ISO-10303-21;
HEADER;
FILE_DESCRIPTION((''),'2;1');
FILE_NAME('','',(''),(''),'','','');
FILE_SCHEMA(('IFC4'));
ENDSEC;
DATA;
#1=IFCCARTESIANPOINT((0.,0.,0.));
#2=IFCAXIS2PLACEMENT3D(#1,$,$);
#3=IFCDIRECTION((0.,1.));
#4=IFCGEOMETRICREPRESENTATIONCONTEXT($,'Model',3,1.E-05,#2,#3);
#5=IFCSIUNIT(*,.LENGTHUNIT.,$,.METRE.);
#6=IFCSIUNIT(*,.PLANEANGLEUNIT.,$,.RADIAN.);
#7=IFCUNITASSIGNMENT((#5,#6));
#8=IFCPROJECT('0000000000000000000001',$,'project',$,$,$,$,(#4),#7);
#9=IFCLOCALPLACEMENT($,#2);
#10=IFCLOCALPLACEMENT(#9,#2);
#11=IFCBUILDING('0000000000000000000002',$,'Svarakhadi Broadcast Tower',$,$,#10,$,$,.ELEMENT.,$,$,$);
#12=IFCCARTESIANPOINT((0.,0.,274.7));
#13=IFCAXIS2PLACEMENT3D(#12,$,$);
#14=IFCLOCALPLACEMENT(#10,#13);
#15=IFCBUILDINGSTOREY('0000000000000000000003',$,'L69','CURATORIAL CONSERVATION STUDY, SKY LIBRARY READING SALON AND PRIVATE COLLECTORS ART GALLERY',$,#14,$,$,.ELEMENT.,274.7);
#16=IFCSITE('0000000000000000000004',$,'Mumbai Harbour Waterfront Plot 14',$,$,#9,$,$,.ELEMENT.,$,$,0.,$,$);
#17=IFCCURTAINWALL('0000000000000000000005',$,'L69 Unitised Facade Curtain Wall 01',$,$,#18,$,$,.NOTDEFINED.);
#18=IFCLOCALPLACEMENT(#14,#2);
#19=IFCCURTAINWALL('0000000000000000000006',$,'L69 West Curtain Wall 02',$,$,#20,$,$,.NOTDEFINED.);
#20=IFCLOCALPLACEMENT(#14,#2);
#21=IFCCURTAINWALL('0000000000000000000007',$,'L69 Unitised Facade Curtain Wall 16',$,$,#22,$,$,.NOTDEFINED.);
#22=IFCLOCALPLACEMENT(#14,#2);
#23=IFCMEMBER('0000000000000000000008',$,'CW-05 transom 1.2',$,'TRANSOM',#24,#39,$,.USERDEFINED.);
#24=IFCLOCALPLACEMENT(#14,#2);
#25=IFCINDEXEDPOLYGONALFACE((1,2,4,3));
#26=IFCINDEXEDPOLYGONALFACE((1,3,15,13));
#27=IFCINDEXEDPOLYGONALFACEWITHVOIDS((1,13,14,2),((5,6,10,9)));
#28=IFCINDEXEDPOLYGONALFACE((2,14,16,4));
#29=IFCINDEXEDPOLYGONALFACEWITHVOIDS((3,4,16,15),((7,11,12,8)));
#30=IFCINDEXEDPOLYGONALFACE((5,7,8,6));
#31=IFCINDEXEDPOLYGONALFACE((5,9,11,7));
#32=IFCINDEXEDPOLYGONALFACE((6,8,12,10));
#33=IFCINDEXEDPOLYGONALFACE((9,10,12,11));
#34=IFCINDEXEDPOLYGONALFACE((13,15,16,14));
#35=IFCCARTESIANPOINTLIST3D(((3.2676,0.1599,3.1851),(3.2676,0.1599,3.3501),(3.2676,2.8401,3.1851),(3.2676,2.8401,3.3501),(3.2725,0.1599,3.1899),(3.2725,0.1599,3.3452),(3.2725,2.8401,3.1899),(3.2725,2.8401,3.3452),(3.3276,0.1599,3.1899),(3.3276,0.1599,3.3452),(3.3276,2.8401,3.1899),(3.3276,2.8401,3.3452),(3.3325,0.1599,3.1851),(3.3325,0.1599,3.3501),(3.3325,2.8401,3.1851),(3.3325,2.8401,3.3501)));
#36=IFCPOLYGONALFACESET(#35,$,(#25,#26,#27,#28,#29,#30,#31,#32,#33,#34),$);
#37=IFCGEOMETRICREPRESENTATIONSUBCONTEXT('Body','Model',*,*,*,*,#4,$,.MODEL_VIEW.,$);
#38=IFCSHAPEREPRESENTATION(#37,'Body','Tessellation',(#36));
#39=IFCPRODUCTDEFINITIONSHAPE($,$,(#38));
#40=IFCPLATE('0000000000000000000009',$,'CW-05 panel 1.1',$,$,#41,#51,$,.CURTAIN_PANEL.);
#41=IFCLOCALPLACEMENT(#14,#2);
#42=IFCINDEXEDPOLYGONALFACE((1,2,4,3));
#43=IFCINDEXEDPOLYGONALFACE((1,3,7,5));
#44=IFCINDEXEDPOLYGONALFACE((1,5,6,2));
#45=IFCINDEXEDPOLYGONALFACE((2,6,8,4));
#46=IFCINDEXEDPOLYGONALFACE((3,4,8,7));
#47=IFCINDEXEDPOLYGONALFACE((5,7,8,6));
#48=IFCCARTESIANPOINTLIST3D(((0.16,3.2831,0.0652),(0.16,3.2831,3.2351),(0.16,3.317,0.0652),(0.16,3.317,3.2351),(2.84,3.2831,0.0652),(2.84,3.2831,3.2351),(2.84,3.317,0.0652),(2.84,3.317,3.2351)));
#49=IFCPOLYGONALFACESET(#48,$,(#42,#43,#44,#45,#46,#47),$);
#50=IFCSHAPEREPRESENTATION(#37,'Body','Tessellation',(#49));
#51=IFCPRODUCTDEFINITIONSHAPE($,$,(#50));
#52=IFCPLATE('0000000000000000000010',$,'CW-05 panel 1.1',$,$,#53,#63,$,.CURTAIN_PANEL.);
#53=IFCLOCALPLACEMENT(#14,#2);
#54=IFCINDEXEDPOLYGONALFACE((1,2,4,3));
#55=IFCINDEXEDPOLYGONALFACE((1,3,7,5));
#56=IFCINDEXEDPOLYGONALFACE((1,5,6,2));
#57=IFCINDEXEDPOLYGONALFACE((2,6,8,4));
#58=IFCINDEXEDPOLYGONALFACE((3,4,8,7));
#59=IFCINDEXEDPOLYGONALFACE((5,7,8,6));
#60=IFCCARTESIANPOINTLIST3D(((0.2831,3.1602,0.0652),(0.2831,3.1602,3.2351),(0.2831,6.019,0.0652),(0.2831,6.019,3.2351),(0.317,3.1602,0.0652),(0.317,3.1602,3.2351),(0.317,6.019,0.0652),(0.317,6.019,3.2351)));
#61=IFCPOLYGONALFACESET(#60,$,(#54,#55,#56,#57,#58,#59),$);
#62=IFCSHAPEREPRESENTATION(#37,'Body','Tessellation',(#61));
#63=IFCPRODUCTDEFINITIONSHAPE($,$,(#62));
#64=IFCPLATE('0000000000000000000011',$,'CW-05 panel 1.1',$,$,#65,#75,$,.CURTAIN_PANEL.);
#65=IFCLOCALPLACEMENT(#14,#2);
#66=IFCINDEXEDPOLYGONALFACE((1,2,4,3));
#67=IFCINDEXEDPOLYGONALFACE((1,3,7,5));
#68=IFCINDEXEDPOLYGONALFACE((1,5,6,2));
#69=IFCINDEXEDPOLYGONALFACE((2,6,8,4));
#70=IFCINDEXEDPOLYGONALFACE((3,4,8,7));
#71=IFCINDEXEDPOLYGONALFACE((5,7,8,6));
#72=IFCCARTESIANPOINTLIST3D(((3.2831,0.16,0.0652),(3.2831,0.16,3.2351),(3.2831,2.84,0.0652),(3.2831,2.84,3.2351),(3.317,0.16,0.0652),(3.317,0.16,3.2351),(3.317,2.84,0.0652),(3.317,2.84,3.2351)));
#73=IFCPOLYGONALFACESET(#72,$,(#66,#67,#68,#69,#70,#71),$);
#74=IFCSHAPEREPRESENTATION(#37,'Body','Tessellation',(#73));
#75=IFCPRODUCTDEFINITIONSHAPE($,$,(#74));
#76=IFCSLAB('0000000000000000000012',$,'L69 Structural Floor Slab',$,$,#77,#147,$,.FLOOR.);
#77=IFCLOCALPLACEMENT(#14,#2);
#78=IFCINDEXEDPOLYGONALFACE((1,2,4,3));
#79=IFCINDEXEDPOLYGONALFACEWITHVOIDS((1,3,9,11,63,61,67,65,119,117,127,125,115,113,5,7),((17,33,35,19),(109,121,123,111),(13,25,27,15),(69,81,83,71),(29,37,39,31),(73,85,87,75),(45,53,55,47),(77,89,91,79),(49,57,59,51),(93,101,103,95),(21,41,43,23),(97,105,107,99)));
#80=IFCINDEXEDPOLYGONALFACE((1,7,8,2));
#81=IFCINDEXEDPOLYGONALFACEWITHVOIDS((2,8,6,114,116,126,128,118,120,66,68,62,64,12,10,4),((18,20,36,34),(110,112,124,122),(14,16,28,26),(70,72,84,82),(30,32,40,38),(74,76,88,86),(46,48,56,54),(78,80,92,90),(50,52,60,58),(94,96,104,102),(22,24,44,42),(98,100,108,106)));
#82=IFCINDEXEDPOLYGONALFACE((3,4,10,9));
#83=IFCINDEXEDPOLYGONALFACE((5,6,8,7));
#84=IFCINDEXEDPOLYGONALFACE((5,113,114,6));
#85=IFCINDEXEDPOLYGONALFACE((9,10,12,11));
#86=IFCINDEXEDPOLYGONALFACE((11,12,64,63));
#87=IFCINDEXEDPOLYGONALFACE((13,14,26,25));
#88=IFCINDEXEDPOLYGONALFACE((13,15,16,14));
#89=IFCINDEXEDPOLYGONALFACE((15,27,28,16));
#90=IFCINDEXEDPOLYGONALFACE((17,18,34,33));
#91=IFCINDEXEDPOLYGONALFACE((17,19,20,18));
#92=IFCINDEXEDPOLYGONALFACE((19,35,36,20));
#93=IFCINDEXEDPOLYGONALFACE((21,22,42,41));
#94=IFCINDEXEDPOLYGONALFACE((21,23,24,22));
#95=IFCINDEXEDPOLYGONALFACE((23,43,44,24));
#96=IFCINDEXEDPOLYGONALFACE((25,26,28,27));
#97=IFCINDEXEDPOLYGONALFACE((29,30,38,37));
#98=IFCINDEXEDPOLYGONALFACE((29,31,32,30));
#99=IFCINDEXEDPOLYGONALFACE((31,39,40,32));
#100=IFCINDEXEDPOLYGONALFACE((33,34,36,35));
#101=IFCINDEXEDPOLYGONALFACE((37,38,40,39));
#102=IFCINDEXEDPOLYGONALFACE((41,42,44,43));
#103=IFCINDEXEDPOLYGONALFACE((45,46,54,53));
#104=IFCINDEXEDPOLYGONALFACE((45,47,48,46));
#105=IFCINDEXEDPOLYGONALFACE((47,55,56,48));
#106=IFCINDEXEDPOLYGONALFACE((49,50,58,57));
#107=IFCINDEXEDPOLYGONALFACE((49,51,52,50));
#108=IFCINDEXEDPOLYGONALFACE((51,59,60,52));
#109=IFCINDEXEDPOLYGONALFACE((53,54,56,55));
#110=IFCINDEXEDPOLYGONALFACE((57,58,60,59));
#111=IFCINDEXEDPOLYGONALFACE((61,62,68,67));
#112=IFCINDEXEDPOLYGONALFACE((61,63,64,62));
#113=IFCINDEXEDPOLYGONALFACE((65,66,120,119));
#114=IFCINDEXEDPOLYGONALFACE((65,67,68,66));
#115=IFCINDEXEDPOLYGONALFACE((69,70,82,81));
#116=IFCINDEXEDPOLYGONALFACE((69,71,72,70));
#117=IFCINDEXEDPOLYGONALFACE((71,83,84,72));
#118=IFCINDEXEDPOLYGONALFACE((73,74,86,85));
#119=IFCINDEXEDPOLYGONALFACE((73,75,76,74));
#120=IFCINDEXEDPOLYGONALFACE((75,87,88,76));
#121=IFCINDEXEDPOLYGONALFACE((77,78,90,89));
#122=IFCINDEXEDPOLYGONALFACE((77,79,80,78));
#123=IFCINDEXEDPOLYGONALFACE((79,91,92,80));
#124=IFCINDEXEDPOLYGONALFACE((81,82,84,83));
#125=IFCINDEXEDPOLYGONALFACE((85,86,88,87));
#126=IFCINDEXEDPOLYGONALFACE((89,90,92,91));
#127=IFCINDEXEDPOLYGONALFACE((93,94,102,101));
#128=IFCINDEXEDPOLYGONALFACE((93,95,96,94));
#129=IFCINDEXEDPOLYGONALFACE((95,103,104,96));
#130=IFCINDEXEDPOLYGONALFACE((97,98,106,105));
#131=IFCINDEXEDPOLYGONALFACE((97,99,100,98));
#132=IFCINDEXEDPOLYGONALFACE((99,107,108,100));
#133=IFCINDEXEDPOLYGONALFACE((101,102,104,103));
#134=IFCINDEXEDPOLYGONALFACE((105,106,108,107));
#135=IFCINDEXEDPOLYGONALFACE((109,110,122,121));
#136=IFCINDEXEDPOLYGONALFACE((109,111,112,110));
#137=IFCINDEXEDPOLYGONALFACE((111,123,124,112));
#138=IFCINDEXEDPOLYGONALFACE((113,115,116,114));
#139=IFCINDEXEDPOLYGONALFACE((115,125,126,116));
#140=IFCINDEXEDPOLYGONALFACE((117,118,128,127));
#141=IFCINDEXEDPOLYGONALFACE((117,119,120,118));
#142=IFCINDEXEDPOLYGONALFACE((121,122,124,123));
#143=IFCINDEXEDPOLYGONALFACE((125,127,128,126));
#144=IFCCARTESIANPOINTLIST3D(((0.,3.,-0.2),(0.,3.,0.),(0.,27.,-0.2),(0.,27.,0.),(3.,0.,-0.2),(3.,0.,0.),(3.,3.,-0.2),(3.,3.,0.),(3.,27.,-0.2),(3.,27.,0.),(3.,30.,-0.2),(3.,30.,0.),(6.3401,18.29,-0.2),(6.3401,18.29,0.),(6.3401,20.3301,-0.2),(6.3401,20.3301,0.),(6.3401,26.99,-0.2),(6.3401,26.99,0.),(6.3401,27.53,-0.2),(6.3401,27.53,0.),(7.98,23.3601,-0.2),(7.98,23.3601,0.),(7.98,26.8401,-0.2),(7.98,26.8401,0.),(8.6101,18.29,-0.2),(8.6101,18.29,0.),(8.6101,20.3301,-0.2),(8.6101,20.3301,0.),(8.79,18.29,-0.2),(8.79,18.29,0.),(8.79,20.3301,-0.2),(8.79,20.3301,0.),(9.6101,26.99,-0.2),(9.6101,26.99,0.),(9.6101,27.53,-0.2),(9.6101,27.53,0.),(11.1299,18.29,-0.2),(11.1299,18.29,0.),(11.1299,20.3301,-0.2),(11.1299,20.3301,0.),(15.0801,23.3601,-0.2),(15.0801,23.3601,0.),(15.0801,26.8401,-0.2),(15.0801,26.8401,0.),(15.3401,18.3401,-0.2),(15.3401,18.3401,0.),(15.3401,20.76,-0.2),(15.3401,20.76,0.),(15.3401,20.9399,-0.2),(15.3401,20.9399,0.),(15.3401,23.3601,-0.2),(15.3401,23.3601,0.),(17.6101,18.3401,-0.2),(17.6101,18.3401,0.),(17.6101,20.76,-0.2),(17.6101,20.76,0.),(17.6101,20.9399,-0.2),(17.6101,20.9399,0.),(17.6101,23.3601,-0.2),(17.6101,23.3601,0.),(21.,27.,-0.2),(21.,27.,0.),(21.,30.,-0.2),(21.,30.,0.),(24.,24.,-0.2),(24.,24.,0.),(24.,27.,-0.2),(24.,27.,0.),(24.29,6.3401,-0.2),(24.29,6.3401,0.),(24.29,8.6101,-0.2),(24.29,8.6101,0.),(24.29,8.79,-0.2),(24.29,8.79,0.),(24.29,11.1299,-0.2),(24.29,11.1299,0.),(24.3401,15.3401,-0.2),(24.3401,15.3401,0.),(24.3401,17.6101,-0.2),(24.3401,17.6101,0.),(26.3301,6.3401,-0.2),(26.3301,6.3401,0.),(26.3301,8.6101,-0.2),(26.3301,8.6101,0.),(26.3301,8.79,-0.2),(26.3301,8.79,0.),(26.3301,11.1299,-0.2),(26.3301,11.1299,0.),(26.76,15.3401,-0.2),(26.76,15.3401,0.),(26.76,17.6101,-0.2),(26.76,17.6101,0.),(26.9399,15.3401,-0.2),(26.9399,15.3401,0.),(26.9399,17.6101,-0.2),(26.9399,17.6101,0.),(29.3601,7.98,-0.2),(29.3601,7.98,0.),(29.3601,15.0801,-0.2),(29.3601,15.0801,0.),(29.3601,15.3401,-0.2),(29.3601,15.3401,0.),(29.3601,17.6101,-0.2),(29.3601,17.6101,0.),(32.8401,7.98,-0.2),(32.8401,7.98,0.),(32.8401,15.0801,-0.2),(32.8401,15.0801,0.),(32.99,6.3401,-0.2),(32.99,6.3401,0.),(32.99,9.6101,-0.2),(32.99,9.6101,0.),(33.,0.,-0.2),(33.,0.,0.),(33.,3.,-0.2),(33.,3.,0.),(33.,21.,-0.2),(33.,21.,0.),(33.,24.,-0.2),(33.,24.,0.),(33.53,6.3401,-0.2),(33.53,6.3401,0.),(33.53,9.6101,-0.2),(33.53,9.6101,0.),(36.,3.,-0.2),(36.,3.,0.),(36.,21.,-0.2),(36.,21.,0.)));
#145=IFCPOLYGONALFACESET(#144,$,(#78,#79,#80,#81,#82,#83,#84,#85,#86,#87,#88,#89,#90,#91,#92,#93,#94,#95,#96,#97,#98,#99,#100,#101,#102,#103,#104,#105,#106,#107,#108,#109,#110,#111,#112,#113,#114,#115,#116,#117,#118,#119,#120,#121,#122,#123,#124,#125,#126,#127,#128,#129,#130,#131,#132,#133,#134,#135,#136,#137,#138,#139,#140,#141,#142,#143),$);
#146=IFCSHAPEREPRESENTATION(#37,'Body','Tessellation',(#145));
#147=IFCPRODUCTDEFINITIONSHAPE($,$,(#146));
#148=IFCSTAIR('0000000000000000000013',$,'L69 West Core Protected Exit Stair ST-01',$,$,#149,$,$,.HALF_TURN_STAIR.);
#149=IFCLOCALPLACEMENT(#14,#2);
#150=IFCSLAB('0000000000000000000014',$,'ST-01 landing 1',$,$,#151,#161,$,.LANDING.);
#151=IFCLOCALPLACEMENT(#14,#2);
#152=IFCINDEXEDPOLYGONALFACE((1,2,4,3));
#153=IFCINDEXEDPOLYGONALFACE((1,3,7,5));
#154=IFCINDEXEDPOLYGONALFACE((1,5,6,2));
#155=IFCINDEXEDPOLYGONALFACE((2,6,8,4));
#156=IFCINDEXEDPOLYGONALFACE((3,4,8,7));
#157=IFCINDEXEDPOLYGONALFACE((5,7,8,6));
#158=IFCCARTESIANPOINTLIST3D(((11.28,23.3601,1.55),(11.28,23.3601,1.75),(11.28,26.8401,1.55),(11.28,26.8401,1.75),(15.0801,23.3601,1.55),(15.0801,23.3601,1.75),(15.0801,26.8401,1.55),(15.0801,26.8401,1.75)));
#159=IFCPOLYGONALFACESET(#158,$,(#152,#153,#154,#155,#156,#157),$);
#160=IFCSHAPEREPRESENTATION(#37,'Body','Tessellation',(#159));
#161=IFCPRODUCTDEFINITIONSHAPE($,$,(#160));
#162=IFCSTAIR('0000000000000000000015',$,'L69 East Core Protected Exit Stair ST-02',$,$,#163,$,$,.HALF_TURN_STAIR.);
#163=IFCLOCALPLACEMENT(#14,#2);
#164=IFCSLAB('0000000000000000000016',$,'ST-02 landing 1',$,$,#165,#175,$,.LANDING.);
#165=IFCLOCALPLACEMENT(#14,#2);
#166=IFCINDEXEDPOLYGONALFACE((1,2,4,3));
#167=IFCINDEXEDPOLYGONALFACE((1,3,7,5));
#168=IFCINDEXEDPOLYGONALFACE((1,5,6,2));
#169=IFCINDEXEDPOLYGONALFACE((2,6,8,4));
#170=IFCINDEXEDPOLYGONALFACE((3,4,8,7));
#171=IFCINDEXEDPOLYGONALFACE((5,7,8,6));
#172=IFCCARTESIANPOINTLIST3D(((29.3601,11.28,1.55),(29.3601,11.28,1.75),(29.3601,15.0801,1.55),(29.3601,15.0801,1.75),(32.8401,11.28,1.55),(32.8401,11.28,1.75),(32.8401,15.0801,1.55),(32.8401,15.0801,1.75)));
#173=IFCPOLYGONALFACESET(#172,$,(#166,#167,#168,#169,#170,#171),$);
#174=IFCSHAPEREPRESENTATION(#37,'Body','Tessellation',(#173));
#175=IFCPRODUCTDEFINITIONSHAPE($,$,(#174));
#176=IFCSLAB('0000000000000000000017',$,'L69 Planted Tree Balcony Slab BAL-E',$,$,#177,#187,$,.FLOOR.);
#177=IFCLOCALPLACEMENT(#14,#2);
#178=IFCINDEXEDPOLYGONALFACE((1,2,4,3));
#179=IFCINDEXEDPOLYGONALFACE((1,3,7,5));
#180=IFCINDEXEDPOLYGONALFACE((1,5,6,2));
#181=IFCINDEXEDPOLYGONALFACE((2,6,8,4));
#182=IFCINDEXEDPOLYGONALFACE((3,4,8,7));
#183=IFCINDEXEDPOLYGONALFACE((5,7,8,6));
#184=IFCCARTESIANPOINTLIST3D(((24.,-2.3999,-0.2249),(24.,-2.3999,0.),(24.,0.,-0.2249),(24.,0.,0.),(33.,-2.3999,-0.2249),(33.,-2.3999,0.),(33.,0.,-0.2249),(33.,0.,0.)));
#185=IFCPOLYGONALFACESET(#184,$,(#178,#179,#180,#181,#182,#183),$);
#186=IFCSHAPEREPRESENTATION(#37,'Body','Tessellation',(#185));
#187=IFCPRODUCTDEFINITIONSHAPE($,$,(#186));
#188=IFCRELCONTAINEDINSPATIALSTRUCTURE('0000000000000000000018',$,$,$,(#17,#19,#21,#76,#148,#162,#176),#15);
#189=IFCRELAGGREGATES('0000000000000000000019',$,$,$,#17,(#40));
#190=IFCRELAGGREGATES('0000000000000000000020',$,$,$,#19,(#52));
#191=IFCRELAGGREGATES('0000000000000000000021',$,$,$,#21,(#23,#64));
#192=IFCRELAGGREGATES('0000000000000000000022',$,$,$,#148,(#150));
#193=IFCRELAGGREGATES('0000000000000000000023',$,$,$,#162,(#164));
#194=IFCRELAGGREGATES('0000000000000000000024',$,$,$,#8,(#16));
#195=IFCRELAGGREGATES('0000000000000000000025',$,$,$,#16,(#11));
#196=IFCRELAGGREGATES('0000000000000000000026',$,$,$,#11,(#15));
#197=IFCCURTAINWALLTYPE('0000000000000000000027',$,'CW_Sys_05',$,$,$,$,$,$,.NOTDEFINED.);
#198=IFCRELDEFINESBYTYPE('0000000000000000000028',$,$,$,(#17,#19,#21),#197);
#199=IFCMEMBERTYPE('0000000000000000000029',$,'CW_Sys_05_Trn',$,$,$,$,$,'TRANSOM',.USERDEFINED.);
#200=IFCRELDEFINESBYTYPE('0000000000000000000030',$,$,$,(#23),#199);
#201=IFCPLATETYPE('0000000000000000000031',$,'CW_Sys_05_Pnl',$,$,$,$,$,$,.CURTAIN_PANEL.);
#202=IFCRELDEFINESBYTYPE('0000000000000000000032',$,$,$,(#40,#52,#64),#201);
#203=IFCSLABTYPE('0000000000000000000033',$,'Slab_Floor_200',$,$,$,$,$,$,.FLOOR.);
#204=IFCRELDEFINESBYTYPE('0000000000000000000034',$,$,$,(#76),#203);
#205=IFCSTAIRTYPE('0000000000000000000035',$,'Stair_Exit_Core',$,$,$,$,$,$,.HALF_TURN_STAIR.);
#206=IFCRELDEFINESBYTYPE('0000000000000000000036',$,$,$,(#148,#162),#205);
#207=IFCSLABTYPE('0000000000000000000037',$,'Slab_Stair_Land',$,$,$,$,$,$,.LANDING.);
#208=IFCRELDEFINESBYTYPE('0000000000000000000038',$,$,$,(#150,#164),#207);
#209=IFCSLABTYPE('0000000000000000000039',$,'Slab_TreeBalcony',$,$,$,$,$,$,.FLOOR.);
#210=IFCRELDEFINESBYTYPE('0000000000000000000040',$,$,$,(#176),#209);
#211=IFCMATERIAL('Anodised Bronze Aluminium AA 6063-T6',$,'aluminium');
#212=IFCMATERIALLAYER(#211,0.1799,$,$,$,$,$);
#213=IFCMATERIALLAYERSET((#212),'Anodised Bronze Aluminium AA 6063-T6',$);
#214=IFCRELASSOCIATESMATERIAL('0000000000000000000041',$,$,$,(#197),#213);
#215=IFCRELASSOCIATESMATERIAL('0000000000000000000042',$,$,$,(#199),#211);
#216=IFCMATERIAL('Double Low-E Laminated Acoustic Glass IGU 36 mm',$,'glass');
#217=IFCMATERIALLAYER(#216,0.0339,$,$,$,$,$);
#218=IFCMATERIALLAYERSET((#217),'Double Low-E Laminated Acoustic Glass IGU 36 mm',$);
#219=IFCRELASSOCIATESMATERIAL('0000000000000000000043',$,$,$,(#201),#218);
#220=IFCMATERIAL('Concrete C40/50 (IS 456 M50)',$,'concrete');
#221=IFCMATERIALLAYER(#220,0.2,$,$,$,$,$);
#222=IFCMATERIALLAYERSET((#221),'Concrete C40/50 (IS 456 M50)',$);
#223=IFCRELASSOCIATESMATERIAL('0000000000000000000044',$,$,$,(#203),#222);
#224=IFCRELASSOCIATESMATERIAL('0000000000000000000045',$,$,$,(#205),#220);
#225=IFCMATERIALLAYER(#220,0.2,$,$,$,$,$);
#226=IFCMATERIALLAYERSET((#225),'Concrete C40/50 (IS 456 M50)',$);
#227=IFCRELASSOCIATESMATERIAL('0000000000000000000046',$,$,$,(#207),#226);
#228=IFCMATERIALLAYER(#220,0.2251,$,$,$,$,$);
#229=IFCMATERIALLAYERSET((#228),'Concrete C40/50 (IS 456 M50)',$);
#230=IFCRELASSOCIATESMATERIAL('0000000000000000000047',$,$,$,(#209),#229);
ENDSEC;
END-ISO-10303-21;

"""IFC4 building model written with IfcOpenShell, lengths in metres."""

from ifc_helpers import new_model, si_unit, direction, frame, origin, origin_2d, place, context, subcontext, project, spatial, polyline, rectangle, hollow_rectangle, outline, extrude, material, layer, layer_set, material_profile, profile_set, type_object, element, aggregate, save


model = new_model("IFC4")

# Units and contexts
model_context = context("Model", 3, precision=1e-05, world=origin(), true_north=direction((0.0, 1.0)))
body_context = subcontext(model_context, "Body", "Model", "MODEL_VIEW")
ifc_project = project(units=[si_unit("LENGTHUNIT", "METRE"), si_unit("PLANEANGLEUNIT", "RADIAN")], contexts=[model_context])

# Site, building, storey
site_placement = place(None, origin())
site = spatial("IfcSite", under=ifc_project, at=site_placement, Name="Mumbai Harbour Waterfront Plot 14", CompositionType="ELEMENT", RefElevation=0.0)
building_placement = place(site_placement, origin())
building = spatial("IfcBuilding", under=site, at=building_placement, Name="Svarakhadi Broadcast Tower", CompositionType="ELEMENT")
storey_placement = place(building_placement, frame((0.0, 0.0, 274.7)))
storey = spatial("IfcBuildingStorey", under=building, at=storey_placement, Name="L69", Description="CURATORIAL CONSERVATION STUDY, SKY LIBRARY READING SALON AND PRIVATE COLLECTORS ART GALLERY", CompositionType="ELEMENT", Elevation=274.7)

# Curtain wall
ifc_material_1 = material(Name="Anodised Bronze Aluminium AA 6063-T6", Category="aluminium")
ifc_layer_1 = layer(ifc_material_1, 0.1799)
ifc_layer_set_1 = layer_set([ifc_layer_1], Name="Anodised Bronze Aluminium AA 6063-T6")
curtain_wall_type = type_object("IfcCurtainWallType", Name="CW_Sys_05", PredefinedType="NOTDEFINED", material=ifc_layer_set_1)
curtain_wall_1_placement = place(storey_placement, origin())
curtain_wall_1 = element("IfcCurtainWall", 1, at=curtain_wall_1_placement, inside=storey, type_object=curtain_wall_type, Name="L69 Unitised Facade Curtain Wall 01", PredefinedType="NOTDEFINED")

# Curtain wall
curtain_wall_2_placement = place(storey_placement, origin())
curtain_wall_2 = element("IfcCurtainWall", 2, at=curtain_wall_2_placement, inside=storey, type_object=curtain_wall_type, Name="L69 West Curtain Wall 02", PredefinedType="NOTDEFINED")

# Curtain wall
curtain_wall_3_placement = place(storey_placement, origin())
curtain_wall_3 = element("IfcCurtainWall", 3, at=curtain_wall_3_placement, inside=storey, type_object=curtain_wall_type, Name="L69 Unitised Facade Curtain Wall 16", PredefinedType="NOTDEFINED")

# Member
ifc_material_profile_1 = material_profile(ifc_material_1, hollow_rectangle(XDim=0.0649, YDim=0.165, WallThickness=0.0049, at=origin_2d()), Name="ALU TRANSOM 165x65x5")
ifc_profile_set_1 = profile_set([ifc_material_profile_1], Name="Anodised Bronze Aluminium AA 6063-T6")
member_type_1 = type_object("IfcMemberType", Name="CW_Sys_05_Trn", ElementType="TRANSOM", PredefinedType="USERDEFINED", material=ifc_profile_set_1)
member_1_placement = place(storey_placement, frame((3.3, 0.1599, 3.2676), z_axis=(0.0, 1.0, 0.0), x_axis=(-1.0, 0.0, 0.0)))
member_1 = element("IfcMember", 4, at=member_1_placement, type_object=member_type_1, Name="CW-05 transom 1.2", ObjectType="TRANSOM", PredefinedType="USERDEFINED", context=body_context, shape_type="SweptSolid", body=[
    extrude(hollow_rectangle(XDim=0.0649, YDim=0.165, WallThickness=0.0049, at=origin_2d()), origin(), (0.0, 0.0, 1.0), 2.6802),
])

# Plates
ifc_material_2 = material(Name="Double Low-E Laminated Acoustic Glass IGU 36 mm", Category="glass")
ifc_layer_2 = layer(ifc_material_2, 0.0339)
ifc_layer_set_2 = layer_set([ifc_layer_2], Name="Double Low-E Laminated Acoustic Glass IGU 36 mm")
plate_type = type_object("IfcPlateType", Name="CW_Sys_05_Pnl", PredefinedType="CURTAIN_PANEL", material=ifc_layer_set_2)
plate_1_placement = place(storey_placement, frame((1.5, 3.3, 0.0652), z_axis=(0.0, 0.0, 1.0), x_axis=(-1.0, 0.0, 0.0)))
plate_1 = element("IfcPlate", 5, at=plate_1_placement, type_object=plate_type, Name="CW-05 panel 1.1", PredefinedType="CURTAIN_PANEL", context=body_context, shape_type="SweptSolid", body=[
    extrude(rectangle(XDim=2.6799, YDim=0.0339, at=origin_2d()), origin(), (0.0, 0.0, 1.0), 3.1699),
])
aggregate(curtain_wall_1, [plate_1])
plate_2_placement = place(storey_placement, frame((0.3, 4.5896, 0.0652), z_axis=(0.0, 0.0, 1.0), x_axis=(0.0, 1.0, 0.0)))
plate_2 = element("IfcPlate", 6, at=plate_2_placement, type_object=plate_type, Name="CW-05 panel 1.1", PredefinedType="CURTAIN_PANEL", context=body_context, shape_type="SweptSolid", body=[
    extrude(rectangle(XDim=2.8589, YDim=0.0339, at=origin_2d()), origin(), (0.0, 0.0, 1.0), 3.1699),
])
aggregate(curtain_wall_2, [plate_2])
plate_3_placement = place(storey_placement, frame((3.3, 1.5, 0.0652), z_axis=(0.0, 0.0, 1.0), x_axis=(0.0, 1.0, 0.0)))
plate_3 = element("IfcPlate", 7, at=plate_3_placement, type_object=plate_type, Name="CW-05 panel 1.1", PredefinedType="CURTAIN_PANEL", context=body_context, shape_type="SweptSolid", body=[
    extrude(rectangle(XDim=2.6799, YDim=0.0339, at=origin_2d()), origin(), (0.0, 0.0, 1.0), 3.1699),
])
aggregate(curtain_wall_3, [member_1, plate_3])

# Slab
ifc_material_3 = material(Name="Concrete C40/50 (IS 456 M50)", Category="concrete")
ifc_layer_3 = layer(ifc_material_3, 0.2)
ifc_layer_set_3 = layer_set([ifc_layer_3], Name="Concrete C40/50 (IS 456 M50)")
slab_type_1 = type_object("IfcSlabType", Name="Slab_Floor_200", PredefinedType="FLOOR", material=ifc_layer_set_3)
slab_1_placement = place(storey_placement, frame((0.0, 0.0, -0.2)))
element("IfcSlab", 8, at=slab_1_placement, inside=storey, type_object=slab_type_1, Name="L69 Structural Floor Slab", PredefinedType="FLOOR", context=body_context, shape_type="SweptSolid", body=[
    extrude(outline(polyline([(3.0, 0.0), (33.0, 0.0), (33.0, 3.0), (36.0, 3.0), (36.0, 21.0), (33.0, 21.0), (33.0, 24.0), (24.0, 24.0), (24.0, 27.0), (21.0, 27.0), (21.0, 30.0), (3.0, 30.0), (3.0, 27.0), (0.0, 27.0), (0.0, 3.0), (3.0, 3.0), (3.0, 0.0)]), holes=[polyline([(7.98, 23.3601), (15.0801, 23.3601), (15.0801, 26.8401), (7.98, 26.8401), (7.98, 23.3601)]), polyline([(32.8401, 7.98), (32.8401, 15.0801), (29.3601, 15.0801), (29.3601, 7.98), (32.8401, 7.98)]), polyline([(6.3401, 18.29), (8.6101, 18.29), (8.6101, 20.3301), (6.3401, 20.3301), (6.3401, 18.29)]), polyline([(8.79, 18.29), (11.1299, 18.29), (11.1299, 20.3301), (8.79, 20.3301), (8.79, 18.29)]), polyline([(24.29, 6.3401), (26.3301, 6.3401), (26.3301, 8.6101), (24.29, 8.6101), (24.29, 6.3401)]), polyline([(24.29, 8.79), (26.3301, 8.79), (26.3301, 11.1299), (24.29, 11.1299), (24.29, 8.79)]), polyline([(6.3401, 26.99), (9.6101, 26.99), (9.6101, 27.53), (6.3401, 27.53), (6.3401, 26.99)]), polyline([(32.99, 6.3401), (33.53, 6.3401), (33.53, 9.6101), (32.99, 9.6101), (32.99, 6.3401)]), polyline([(15.3401, 18.3401), (17.6101, 18.3401), (17.6101, 20.76), (15.3401, 20.76), (15.3401, 18.3401)]), polyline([(15.3401, 20.9399), (17.6101, 20.9399), (17.6101, 23.3601), (15.3401, 23.3601), (15.3401, 20.9399)]), polyline([(24.3401, 15.3401), (26.76, 15.3401), (26.76, 17.6101), (24.3401, 17.6101), (24.3401, 15.3401)]), polyline([(26.9399, 15.3401), (29.3601, 15.3401), (29.3601, 17.6101), (26.9399, 17.6101), (26.9399, 15.3401)])]), origin(), (0.0, 0.0, 1.0), 0.2),
])

# Stairs, slabs
stair_type = type_object("IfcStairType", Name="Stair_Exit_Core", PredefinedType="HALF_TURN_STAIR", material=ifc_material_3)
stair_1_placement = place(storey_placement, origin())
stair_1 = element("IfcStair", 9, at=stair_1_placement, inside=storey, type_object=stair_type, Name="L69 West Core Protected Exit Stair ST-01", PredefinedType="HALF_TURN_STAIR")
ifc_layer_4 = layer(ifc_material_3, 0.2)
ifc_layer_set_4 = layer_set([ifc_layer_4], Name="Concrete C40/50 (IS 456 M50)")
slab_type_2 = type_object("IfcSlabType", Name="Slab_Stair_Land", PredefinedType="LANDING", material=ifc_layer_set_4)
slab_2_placement = place(storey_placement, frame((0.0, 0.0, 1.55)))
slab_2 = element("IfcSlab", 10, at=slab_2_placement, type_object=slab_type_2, Name="ST-01 landing 1", PredefinedType="LANDING", context=body_context, shape_type="SweptSolid", body=[
    extrude(outline(polyline([(11.28, 23.3601), (15.0801, 23.3601), (15.0801, 26.8401), (11.28, 26.8401), (11.28, 23.3601)])), origin(), (0.0, 0.0, 1.0), 0.2),
])
aggregate(stair_1, [slab_2])
stair_2_placement = place(storey_placement, origin())
stair_2 = element("IfcStair", 11, at=stair_2_placement, inside=storey, type_object=stair_type, Name="L69 East Core Protected Exit Stair ST-02", PredefinedType="HALF_TURN_STAIR")
slab_3_placement = place(storey_placement, frame((0.0, 0.0, 1.55)))
slab_3 = element("IfcSlab", 12, at=slab_3_placement, type_object=slab_type_2, Name="ST-02 landing 1", PredefinedType="LANDING", context=body_context, shape_type="SweptSolid", body=[
    extrude(outline(polyline([(32.8401, 11.28), (32.8401, 15.0801), (29.3601, 15.0801), (29.3601, 11.28), (32.8401, 11.28)])), origin(), (0.0, 0.0, 1.0), 0.2),
])
aggregate(stair_2, [slab_3])

# Slab
ifc_layer_5 = layer(ifc_material_3, 0.2251)
ifc_layer_set_5 = layer_set([ifc_layer_5], Name="Concrete C40/50 (IS 456 M50)")
slab_type_3 = type_object("IfcSlabType", Name="Slab_TreeBalcony", PredefinedType="FLOOR", material=ifc_layer_set_5)
slab_4_placement = place(storey_placement, frame((0.0, 0.0, -0.2249)))
element("IfcSlab", 13, at=slab_4_placement, inside=storey, type_object=slab_type_3, Name="L69 Planted Tree Balcony Slab BAL-E", PredefinedType="FLOOR", context=body_context, shape_type="SweptSolid", body=[
    extrude(outline(polyline([(24.0, -2.3999), (33.0, -2.3999), (33.0, 0.0), (24.0, 0.0), (24.0, -2.3999)])), origin(), (0.0, 0.0, 1.0), 0.2249),
])

save(model, "model.ifc")
